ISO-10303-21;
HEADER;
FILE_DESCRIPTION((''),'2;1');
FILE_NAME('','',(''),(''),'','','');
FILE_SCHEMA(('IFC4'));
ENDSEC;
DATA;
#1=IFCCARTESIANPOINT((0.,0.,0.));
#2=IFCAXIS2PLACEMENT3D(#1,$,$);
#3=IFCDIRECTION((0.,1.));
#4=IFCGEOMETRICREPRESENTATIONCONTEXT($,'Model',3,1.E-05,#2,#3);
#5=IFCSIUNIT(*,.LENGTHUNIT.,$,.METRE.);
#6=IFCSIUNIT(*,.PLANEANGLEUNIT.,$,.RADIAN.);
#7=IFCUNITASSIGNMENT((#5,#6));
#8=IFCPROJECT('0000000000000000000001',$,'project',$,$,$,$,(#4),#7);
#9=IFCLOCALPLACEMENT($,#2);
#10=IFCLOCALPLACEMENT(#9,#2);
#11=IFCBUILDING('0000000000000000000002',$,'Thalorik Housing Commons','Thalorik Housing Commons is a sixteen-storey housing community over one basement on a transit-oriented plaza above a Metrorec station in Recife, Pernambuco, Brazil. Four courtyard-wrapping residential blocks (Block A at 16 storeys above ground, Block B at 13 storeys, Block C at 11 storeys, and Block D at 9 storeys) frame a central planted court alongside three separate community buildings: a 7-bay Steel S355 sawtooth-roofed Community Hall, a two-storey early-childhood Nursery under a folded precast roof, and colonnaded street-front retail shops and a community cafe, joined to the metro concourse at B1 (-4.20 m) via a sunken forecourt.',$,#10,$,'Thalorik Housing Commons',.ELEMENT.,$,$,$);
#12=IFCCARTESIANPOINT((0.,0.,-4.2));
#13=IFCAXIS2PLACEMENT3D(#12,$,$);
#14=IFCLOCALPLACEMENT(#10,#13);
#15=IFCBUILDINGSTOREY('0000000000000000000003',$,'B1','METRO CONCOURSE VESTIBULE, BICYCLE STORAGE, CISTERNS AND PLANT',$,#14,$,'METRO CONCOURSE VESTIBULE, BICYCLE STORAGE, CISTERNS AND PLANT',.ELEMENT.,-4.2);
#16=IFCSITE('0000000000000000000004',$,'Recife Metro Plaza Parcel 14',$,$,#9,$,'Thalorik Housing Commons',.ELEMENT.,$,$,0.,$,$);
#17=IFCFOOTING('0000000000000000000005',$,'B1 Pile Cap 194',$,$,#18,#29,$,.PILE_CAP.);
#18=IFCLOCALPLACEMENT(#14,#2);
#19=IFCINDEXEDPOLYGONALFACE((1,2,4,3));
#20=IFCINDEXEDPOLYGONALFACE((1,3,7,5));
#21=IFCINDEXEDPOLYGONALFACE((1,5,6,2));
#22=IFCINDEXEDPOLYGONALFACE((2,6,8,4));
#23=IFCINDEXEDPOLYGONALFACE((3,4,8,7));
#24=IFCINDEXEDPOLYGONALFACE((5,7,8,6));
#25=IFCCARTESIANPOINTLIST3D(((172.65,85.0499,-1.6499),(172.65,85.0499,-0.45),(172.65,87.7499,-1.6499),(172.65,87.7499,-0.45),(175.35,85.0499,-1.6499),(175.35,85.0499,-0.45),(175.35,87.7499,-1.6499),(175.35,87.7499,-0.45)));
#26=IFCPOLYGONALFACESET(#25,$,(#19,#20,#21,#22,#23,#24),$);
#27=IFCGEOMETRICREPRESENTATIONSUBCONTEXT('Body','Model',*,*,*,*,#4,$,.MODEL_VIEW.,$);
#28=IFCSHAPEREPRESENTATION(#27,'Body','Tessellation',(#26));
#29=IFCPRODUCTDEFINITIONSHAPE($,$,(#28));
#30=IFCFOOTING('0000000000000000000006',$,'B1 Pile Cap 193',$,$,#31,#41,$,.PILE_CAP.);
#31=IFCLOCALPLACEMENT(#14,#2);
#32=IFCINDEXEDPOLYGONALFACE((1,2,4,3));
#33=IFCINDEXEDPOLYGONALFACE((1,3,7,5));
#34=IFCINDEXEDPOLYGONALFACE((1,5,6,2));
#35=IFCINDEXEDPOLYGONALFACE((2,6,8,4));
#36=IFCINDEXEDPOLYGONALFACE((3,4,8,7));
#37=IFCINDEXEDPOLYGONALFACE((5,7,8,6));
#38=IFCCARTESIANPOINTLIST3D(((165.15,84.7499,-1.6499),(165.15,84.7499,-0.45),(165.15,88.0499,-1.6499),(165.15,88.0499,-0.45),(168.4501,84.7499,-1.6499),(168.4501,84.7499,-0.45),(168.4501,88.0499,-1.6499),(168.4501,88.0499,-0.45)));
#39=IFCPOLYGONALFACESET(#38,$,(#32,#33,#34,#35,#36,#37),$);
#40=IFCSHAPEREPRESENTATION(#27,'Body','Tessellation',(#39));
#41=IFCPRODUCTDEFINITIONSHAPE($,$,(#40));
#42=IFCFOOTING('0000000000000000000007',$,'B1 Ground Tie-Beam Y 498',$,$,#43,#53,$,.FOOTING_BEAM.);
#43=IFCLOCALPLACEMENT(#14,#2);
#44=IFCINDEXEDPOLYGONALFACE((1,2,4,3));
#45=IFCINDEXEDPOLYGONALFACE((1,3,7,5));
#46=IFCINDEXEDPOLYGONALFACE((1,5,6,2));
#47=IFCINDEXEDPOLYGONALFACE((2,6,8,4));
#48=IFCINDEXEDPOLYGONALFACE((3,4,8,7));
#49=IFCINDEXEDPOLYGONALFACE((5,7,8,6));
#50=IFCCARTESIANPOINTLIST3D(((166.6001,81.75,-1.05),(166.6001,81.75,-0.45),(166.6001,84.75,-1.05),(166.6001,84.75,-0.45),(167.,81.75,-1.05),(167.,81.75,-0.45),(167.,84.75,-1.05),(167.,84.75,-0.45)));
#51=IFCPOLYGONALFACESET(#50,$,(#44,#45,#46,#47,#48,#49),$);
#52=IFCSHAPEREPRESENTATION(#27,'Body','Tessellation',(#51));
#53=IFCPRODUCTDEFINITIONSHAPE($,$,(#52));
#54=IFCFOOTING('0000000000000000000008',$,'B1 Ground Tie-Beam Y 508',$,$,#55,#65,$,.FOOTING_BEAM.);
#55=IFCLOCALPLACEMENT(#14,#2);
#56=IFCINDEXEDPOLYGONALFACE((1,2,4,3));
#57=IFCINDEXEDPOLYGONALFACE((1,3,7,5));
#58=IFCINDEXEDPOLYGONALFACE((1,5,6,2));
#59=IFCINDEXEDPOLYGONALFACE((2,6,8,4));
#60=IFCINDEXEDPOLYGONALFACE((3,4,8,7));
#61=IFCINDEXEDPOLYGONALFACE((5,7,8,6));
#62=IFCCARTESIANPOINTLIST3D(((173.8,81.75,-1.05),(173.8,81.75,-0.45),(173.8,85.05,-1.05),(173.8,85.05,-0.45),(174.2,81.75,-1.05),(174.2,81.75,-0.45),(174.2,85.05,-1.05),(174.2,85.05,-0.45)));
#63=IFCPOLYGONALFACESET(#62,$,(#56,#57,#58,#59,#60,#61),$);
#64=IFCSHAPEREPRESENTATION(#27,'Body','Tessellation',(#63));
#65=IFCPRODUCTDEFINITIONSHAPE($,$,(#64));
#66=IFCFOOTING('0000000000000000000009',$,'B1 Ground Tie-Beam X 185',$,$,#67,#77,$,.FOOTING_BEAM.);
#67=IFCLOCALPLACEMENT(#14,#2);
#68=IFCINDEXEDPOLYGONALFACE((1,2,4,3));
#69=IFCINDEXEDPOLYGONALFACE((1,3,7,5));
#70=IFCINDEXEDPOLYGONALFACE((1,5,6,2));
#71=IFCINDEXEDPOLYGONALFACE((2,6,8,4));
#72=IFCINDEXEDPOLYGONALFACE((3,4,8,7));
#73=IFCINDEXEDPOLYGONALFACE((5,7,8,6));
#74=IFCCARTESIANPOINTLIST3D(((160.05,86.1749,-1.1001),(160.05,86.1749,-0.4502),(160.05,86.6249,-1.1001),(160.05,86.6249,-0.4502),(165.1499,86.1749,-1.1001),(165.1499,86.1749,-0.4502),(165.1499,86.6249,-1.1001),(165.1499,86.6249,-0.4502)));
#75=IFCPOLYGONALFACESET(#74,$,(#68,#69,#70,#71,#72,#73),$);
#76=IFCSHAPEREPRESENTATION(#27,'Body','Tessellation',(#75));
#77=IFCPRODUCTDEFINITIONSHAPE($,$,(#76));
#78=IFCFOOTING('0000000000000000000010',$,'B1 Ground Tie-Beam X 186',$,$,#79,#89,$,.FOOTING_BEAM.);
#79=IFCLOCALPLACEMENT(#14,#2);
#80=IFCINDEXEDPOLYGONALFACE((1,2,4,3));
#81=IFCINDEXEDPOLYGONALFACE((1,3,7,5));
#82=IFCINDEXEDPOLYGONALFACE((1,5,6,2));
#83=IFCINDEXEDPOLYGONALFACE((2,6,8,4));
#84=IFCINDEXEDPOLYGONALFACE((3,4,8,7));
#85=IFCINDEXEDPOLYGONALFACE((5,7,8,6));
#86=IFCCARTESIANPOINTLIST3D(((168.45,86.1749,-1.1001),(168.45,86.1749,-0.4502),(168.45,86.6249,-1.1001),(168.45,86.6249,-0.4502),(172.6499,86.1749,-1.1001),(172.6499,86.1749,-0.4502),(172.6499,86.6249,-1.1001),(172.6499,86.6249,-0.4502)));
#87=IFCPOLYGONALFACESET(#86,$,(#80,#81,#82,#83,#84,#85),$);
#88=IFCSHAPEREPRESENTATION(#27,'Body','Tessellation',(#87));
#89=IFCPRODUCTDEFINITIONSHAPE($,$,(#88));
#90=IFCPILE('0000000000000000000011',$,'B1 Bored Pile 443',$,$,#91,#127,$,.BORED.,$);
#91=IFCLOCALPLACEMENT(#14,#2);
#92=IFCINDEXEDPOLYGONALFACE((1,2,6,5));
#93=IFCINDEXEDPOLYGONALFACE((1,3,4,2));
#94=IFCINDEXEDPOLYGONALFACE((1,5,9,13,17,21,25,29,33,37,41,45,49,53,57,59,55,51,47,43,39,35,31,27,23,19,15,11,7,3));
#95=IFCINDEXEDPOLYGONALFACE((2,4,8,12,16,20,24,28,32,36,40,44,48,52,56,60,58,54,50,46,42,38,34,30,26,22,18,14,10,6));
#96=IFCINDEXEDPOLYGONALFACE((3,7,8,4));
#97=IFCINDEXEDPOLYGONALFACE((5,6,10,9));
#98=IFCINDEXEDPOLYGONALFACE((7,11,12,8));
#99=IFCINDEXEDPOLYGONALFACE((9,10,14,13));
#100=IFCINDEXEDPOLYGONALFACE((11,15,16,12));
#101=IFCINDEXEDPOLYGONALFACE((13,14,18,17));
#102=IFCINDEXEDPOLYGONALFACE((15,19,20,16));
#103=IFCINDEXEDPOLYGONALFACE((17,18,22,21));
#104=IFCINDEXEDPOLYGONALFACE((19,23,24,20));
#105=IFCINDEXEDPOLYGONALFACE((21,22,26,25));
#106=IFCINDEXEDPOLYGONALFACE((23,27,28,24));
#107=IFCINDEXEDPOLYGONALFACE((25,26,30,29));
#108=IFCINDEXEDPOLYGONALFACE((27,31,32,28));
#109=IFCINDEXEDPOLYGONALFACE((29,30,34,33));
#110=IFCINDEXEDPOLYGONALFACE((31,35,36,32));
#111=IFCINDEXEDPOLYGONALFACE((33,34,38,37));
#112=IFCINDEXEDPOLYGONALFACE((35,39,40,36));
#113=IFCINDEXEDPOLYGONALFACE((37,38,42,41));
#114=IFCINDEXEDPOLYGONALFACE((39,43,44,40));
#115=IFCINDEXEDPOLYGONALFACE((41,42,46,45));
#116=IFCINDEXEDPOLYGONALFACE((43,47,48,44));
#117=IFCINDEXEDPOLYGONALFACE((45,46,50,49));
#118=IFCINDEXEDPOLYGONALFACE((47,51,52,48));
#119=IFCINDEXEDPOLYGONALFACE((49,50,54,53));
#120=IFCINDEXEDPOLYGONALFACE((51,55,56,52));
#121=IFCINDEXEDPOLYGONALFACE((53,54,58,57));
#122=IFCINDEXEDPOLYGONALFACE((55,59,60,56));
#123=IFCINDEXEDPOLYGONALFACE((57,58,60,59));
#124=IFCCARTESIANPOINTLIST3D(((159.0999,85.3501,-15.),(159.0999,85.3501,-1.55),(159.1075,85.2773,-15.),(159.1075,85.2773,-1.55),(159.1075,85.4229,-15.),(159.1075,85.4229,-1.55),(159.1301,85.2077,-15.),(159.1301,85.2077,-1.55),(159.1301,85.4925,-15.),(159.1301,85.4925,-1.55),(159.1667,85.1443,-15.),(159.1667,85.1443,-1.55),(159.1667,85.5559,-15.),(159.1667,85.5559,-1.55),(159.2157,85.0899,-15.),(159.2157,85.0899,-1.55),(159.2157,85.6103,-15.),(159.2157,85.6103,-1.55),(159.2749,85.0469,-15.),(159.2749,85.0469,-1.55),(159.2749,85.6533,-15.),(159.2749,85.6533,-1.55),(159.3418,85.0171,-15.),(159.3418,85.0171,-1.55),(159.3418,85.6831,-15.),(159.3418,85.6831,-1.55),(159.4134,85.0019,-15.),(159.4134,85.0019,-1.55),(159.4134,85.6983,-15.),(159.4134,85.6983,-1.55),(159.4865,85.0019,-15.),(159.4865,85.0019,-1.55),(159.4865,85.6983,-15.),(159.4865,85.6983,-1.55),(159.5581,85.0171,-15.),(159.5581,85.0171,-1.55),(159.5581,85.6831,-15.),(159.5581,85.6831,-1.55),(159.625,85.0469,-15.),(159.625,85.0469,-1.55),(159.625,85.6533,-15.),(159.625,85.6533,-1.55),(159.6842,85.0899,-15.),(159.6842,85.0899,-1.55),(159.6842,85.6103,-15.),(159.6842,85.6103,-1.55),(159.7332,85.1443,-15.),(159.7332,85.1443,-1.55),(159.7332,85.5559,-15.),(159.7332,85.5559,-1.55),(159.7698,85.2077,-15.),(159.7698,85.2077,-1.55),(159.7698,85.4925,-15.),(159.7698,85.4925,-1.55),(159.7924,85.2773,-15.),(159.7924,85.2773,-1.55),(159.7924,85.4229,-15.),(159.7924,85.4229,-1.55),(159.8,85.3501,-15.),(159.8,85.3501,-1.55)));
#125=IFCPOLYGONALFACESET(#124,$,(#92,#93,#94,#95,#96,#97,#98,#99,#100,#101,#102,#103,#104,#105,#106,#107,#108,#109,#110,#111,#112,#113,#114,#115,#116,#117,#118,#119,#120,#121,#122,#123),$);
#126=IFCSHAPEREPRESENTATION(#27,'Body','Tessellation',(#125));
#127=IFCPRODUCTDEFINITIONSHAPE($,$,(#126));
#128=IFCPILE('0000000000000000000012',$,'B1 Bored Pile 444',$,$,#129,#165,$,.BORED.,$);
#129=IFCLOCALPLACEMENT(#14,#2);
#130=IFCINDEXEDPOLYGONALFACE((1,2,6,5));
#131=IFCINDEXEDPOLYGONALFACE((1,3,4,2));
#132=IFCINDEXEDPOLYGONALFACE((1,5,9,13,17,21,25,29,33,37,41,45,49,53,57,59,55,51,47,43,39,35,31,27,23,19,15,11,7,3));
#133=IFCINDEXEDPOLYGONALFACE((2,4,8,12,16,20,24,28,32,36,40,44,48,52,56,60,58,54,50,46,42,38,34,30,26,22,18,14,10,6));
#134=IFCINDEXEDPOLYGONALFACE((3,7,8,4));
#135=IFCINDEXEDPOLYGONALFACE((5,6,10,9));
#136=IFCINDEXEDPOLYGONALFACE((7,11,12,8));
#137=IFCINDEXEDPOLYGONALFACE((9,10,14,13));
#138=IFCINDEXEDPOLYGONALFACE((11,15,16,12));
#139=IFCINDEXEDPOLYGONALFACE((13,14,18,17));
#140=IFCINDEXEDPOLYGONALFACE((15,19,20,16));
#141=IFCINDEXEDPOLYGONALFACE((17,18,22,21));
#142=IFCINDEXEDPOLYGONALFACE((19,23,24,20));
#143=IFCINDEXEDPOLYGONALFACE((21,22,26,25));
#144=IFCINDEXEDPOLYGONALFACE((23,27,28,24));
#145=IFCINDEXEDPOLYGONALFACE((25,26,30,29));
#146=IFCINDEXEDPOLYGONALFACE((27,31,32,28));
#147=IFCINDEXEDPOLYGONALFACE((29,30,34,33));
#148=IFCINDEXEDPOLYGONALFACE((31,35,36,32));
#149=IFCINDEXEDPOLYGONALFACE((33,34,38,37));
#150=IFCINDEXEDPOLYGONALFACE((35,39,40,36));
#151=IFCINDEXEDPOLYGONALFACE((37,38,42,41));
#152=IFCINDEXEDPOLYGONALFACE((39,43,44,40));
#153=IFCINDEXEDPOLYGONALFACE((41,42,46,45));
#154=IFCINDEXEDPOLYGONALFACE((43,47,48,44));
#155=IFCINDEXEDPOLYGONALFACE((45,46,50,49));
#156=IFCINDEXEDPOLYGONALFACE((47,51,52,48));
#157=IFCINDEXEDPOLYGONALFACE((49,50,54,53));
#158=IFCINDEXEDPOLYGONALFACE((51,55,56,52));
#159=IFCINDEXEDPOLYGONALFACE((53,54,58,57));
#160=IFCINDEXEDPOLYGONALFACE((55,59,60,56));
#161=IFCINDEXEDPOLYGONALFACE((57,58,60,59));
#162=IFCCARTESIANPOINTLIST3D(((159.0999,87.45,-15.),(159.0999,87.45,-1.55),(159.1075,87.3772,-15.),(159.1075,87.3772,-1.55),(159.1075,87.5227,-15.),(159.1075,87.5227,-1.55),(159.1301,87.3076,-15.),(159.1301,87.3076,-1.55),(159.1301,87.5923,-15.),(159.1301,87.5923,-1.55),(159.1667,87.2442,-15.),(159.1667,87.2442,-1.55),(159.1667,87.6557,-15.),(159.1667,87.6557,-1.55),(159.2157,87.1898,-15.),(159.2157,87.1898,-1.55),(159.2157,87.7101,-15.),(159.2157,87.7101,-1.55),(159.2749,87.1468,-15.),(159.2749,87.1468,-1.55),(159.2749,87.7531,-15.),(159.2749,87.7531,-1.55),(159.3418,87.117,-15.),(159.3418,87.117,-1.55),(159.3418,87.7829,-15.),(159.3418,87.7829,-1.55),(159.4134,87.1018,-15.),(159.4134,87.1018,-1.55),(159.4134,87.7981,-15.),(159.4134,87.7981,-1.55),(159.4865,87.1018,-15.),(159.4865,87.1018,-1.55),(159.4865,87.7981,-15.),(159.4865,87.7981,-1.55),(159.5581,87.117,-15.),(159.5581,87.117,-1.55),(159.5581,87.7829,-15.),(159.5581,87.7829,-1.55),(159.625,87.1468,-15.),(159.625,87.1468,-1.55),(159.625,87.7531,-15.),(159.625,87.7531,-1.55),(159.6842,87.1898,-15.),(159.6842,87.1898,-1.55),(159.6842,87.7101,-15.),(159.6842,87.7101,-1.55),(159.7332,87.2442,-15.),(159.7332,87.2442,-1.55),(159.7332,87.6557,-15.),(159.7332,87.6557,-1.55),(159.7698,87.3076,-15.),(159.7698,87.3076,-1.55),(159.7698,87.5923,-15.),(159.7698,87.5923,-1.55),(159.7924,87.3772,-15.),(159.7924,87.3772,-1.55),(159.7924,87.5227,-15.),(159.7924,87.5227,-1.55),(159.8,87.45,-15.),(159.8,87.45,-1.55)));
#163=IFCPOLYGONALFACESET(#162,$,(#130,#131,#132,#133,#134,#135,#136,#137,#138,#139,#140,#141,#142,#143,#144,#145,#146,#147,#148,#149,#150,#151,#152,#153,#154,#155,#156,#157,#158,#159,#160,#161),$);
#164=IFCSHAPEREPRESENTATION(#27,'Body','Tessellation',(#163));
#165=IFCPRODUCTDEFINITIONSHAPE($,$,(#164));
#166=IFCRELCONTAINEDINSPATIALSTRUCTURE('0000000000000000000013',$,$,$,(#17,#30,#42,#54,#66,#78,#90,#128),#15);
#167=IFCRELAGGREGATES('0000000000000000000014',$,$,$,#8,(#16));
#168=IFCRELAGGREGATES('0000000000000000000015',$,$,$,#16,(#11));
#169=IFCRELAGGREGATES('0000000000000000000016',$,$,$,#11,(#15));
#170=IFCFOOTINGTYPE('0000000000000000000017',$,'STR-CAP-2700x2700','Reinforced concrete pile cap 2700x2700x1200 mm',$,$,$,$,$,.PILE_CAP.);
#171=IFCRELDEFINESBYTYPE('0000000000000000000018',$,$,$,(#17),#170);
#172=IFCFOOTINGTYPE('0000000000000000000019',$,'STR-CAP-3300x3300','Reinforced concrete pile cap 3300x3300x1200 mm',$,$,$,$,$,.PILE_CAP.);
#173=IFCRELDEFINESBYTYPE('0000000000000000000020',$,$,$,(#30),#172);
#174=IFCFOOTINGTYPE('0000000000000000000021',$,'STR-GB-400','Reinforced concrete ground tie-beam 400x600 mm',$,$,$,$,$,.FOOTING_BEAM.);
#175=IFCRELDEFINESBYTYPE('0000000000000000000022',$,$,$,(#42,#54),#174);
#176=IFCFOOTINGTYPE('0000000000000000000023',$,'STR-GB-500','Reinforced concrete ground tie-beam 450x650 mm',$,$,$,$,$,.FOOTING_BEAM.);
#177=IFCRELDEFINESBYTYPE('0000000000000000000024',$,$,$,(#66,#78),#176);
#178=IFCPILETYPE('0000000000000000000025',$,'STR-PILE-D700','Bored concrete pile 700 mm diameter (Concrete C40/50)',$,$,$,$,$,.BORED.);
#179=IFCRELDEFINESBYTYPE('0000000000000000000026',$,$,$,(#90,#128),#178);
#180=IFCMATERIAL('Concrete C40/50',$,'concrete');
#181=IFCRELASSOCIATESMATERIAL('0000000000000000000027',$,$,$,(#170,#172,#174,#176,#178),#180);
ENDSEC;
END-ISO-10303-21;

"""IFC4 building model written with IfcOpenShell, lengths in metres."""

from ifc_helpers import new_model, si_unit, direction, frame, origin, origin_2d, place, context, subcontext, project, spatial, rectangle, circle, extrude, material, material_profile, profile_set, type_object, element, save


model = new_model("IFC4")

# Units and contexts
model_context = context("Model", 3, precision=1e-05, world=origin(), true_north=direction((0.0, 1.0)))
body_context = subcontext(model_context, "Body", "Model", "MODEL_VIEW")
ifc_project = project(units=[si_unit("LENGTHUNIT", "METRE"), si_unit("PLANEANGLEUNIT", "RADIAN")], contexts=[model_context])

# Site, building, storey
site_placement = place(None, origin())
site = spatial("IfcSite", under=ifc_project, at=site_placement, Name="Recife Metro Plaza Parcel 14", LongName="Thalorik Housing Commons", CompositionType="ELEMENT", RefElevation=0.0)
building_placement = place(site_placement, origin())
building = spatial("IfcBuilding", under=site, at=building_placement, Name="Thalorik Housing Commons", Description="Thalorik Housing Commons is a sixteen-storey housing community over one basement on a transit-oriented plaza above a Metrorec station in Recife, Pernambuco, Brazil. Four courtyard-wrapping residential blocks (Block A at 16 storeys above ground, Block B at 13 storeys, Block C at 11 storeys, and Block D at 9 storeys) frame a central planted court alongside three separate community buildings: a 7-bay Steel S355 sawtooth-roofed Community Hall, a two-storey early-childhood Nursery under a folded precast roof, and colonnaded street-front retail shops and a community cafe, joined to the metro concourse at B1 (-4.20 m) via a sunken forecourt.", LongName="Thalorik Housing Commons", CompositionType="ELEMENT")
storey_placement = place(building_placement, frame((0.0, 0.0, -4.2)))
storey = spatial("IfcBuildingStorey", under=building, at=storey_placement, Name="B1", Description="METRO CONCOURSE VESTIBULE, BICYCLE STORAGE, CISTERNS AND PLANT", LongName="METRO CONCOURSE VESTIBULE, BICYCLE STORAGE, CISTERNS AND PLANT", CompositionType="ELEMENT", Elevation=-4.2)

# Footings
ifc_material_1 = material(Name="Concrete C40/50", Category="concrete")
footing_type_1 = type_object("IfcFootingType", Name="STR-CAP-2700x2700", Description="Reinforced concrete pile cap 2700x2700x1200 mm", PredefinedType="PILE_CAP", material=ifc_material_1)
footing_1_placement = place(storey_placement, frame((174.0, 86.3999, -1.6499), z_axis=(0.0, 0.0, 1.0), x_axis=(1.0, 0.0, 0.0)))
element("IfcFooting", 1, at=footing_1_placement, inside=storey, type_object=footing_type_1, Name="B1 Pile Cap 194", PredefinedType="PILE_CAP", context=body_context, shape_type="SweptSolid", body=[
    extrude(rectangle(XDim=2.7, YDim=2.7, at=origin_2d()), origin(), (0.0, 0.0, 1.0), 1.2),
])
footing_type_2 = type_object("IfcFootingType", Name="STR-CAP-3300x3300", Description="Reinforced concrete pile cap 3300x3300x1200 mm", PredefinedType="PILE_CAP", material=ifc_material_1)
footing_2_placement = place(storey_placement, frame((166.8, 86.3999, -1.6499), z_axis=(0.0, 0.0, 1.0), x_axis=(1.0, 0.0, 0.0)))
element("IfcFooting", 2, at=footing_2_placement, inside=storey, type_object=footing_type_2, Name="B1 Pile Cap 193", PredefinedType="PILE_CAP", context=body_context, shape_type="SweptSolid", body=[
    extrude(rectangle(XDim=3.3, YDim=3.3, at=origin_2d()), origin(), (0.0, 0.0, 1.0), 1.2),
])
ifc_material_profile_1 = material_profile(ifc_material_1, rectangle(XDim=0.3999, YDim=0.6001, at=origin_2d()), Name="RC 400x600", Category="concrete")
ifc_profile_set_1 = profile_set([ifc_material_profile_1], Name="Concrete C40/50")
footing_type_3 = type_object("IfcFootingType", Name="STR-GB-400", Description="Reinforced concrete ground tie-beam 400x600 mm", PredefinedType="FOOTING_BEAM", material=ifc_profile_set_1)
footing_3_placement = place(storey_placement, frame((166.8, 81.75, -0.75), z_axis=(0.0, 1.0, 0.0), x_axis=(-1.0, 0.0, 0.0)))
element("IfcFooting", 3, at=footing_3_placement, inside=storey, type_object=footing_type_3, Name="B1 Ground Tie-Beam Y 498", PredefinedType="FOOTING_BEAM", context=body_context, shape_type="SweptSolid", body=[
    extrude(rectangle(XDim=0.3999, YDim=0.6001, at=origin_2d()), origin(), (0.0, 0.0, 1.0), 3.0),
])
footing_4_placement = place(storey_placement, frame((174.0, 81.75, -0.75), z_axis=(0.0, 1.0, 0.0), x_axis=(-1.0, 0.0, 0.0)))
element("IfcFooting", 4, at=footing_4_placement, inside=storey, type_object=footing_type_3, Name="B1 Ground Tie-Beam Y 508", PredefinedType="FOOTING_BEAM", context=body_context, shape_type="SweptSolid", body=[
    extrude(rectangle(XDim=0.3999, YDim=0.6001, at=origin_2d()), origin(), (0.0, 0.0, 1.0), 3.3),
])
ifc_material_profile_2 = material_profile(ifc_material_1, rectangle(XDim=0.45, YDim=0.6499, at=origin_2d()), Name="RC 450x650", Category="concrete")
ifc_profile_set_2 = profile_set([ifc_material_profile_2], Name="Concrete C40/50")
footing_type_4 = type_object("IfcFootingType", Name="STR-GB-500", Description="Reinforced concrete ground tie-beam 450x650 mm", PredefinedType="FOOTING_BEAM", material=ifc_profile_set_2)
footing_5_placement = place(storey_placement, frame((160.05, 86.3999, -0.7751), z_axis=(1.0, 0.0, 0.0), x_axis=(0.0, 1.0, 0.0)))
element("IfcFooting", 5, at=footing_5_placement, inside=storey, type_object=footing_type_4, Name="B1 Ground Tie-Beam X 185", PredefinedType="FOOTING_BEAM", context=body_context, shape_type="SweptSolid", body=[
    extrude(rectangle(XDim=0.45, YDim=0.6499, at=origin_2d()), origin(), (0.0, 0.0, 1.0), 5.0999),
])
footing_6_placement = place(storey_placement, frame((168.45, 86.3999, -0.7751), z_axis=(1.0, 0.0, 0.0), x_axis=(0.0, 1.0, 0.0)))
element("IfcFooting", 6, at=footing_6_placement, inside=storey, type_object=footing_type_4, Name="B1 Ground Tie-Beam X 186", PredefinedType="FOOTING_BEAM", context=body_context, shape_type="SweptSolid", body=[
    extrude(rectangle(XDim=0.45, YDim=0.6499, at=origin_2d()), origin(), (0.0, 0.0, 1.0), 4.2),
])

# Piles
ifc_material_profile_3 = material_profile(ifc_material_1, circle(Radius=0.3501, at=origin_2d()), Name="BORED PILE D700", Category="concrete")
ifc_profile_set_3 = profile_set([ifc_material_profile_3], Name="Concrete C40/50")
pile_type = type_object("IfcPileType", Name="STR-PILE-D700", Description="Bored concrete pile 700 mm diameter (Concrete C40/50)", PredefinedType="BORED", material=ifc_profile_set_3)
for number, where, z_axis, x_axis, name in (
    (7, (159.45, 85.3501, -1.55), (0.0, 0.0, -1.0), (1.0, 0.0, 0.0), "B1 Bored Pile 443"),
    (8, (159.45, 87.45, -1.55), (0.0, 0.0, -1.0), (1.0, 0.0, 0.0), "B1 Bored Pile 444"),
):
    element("IfcPile", number, at=place(storey_placement, frame(where, z_axis=z_axis, x_axis=x_axis)), inside=storey, type_object=pile_type, Name=name, PredefinedType="BORED", context=body_context, shape_type="SweptSolid", body=[
        extrude(circle(Radius=0.3501, at=origin_2d()), origin(), (0.0, 0.0, 1.0), 13.45),
    ])

save(model, "model.ifc")
